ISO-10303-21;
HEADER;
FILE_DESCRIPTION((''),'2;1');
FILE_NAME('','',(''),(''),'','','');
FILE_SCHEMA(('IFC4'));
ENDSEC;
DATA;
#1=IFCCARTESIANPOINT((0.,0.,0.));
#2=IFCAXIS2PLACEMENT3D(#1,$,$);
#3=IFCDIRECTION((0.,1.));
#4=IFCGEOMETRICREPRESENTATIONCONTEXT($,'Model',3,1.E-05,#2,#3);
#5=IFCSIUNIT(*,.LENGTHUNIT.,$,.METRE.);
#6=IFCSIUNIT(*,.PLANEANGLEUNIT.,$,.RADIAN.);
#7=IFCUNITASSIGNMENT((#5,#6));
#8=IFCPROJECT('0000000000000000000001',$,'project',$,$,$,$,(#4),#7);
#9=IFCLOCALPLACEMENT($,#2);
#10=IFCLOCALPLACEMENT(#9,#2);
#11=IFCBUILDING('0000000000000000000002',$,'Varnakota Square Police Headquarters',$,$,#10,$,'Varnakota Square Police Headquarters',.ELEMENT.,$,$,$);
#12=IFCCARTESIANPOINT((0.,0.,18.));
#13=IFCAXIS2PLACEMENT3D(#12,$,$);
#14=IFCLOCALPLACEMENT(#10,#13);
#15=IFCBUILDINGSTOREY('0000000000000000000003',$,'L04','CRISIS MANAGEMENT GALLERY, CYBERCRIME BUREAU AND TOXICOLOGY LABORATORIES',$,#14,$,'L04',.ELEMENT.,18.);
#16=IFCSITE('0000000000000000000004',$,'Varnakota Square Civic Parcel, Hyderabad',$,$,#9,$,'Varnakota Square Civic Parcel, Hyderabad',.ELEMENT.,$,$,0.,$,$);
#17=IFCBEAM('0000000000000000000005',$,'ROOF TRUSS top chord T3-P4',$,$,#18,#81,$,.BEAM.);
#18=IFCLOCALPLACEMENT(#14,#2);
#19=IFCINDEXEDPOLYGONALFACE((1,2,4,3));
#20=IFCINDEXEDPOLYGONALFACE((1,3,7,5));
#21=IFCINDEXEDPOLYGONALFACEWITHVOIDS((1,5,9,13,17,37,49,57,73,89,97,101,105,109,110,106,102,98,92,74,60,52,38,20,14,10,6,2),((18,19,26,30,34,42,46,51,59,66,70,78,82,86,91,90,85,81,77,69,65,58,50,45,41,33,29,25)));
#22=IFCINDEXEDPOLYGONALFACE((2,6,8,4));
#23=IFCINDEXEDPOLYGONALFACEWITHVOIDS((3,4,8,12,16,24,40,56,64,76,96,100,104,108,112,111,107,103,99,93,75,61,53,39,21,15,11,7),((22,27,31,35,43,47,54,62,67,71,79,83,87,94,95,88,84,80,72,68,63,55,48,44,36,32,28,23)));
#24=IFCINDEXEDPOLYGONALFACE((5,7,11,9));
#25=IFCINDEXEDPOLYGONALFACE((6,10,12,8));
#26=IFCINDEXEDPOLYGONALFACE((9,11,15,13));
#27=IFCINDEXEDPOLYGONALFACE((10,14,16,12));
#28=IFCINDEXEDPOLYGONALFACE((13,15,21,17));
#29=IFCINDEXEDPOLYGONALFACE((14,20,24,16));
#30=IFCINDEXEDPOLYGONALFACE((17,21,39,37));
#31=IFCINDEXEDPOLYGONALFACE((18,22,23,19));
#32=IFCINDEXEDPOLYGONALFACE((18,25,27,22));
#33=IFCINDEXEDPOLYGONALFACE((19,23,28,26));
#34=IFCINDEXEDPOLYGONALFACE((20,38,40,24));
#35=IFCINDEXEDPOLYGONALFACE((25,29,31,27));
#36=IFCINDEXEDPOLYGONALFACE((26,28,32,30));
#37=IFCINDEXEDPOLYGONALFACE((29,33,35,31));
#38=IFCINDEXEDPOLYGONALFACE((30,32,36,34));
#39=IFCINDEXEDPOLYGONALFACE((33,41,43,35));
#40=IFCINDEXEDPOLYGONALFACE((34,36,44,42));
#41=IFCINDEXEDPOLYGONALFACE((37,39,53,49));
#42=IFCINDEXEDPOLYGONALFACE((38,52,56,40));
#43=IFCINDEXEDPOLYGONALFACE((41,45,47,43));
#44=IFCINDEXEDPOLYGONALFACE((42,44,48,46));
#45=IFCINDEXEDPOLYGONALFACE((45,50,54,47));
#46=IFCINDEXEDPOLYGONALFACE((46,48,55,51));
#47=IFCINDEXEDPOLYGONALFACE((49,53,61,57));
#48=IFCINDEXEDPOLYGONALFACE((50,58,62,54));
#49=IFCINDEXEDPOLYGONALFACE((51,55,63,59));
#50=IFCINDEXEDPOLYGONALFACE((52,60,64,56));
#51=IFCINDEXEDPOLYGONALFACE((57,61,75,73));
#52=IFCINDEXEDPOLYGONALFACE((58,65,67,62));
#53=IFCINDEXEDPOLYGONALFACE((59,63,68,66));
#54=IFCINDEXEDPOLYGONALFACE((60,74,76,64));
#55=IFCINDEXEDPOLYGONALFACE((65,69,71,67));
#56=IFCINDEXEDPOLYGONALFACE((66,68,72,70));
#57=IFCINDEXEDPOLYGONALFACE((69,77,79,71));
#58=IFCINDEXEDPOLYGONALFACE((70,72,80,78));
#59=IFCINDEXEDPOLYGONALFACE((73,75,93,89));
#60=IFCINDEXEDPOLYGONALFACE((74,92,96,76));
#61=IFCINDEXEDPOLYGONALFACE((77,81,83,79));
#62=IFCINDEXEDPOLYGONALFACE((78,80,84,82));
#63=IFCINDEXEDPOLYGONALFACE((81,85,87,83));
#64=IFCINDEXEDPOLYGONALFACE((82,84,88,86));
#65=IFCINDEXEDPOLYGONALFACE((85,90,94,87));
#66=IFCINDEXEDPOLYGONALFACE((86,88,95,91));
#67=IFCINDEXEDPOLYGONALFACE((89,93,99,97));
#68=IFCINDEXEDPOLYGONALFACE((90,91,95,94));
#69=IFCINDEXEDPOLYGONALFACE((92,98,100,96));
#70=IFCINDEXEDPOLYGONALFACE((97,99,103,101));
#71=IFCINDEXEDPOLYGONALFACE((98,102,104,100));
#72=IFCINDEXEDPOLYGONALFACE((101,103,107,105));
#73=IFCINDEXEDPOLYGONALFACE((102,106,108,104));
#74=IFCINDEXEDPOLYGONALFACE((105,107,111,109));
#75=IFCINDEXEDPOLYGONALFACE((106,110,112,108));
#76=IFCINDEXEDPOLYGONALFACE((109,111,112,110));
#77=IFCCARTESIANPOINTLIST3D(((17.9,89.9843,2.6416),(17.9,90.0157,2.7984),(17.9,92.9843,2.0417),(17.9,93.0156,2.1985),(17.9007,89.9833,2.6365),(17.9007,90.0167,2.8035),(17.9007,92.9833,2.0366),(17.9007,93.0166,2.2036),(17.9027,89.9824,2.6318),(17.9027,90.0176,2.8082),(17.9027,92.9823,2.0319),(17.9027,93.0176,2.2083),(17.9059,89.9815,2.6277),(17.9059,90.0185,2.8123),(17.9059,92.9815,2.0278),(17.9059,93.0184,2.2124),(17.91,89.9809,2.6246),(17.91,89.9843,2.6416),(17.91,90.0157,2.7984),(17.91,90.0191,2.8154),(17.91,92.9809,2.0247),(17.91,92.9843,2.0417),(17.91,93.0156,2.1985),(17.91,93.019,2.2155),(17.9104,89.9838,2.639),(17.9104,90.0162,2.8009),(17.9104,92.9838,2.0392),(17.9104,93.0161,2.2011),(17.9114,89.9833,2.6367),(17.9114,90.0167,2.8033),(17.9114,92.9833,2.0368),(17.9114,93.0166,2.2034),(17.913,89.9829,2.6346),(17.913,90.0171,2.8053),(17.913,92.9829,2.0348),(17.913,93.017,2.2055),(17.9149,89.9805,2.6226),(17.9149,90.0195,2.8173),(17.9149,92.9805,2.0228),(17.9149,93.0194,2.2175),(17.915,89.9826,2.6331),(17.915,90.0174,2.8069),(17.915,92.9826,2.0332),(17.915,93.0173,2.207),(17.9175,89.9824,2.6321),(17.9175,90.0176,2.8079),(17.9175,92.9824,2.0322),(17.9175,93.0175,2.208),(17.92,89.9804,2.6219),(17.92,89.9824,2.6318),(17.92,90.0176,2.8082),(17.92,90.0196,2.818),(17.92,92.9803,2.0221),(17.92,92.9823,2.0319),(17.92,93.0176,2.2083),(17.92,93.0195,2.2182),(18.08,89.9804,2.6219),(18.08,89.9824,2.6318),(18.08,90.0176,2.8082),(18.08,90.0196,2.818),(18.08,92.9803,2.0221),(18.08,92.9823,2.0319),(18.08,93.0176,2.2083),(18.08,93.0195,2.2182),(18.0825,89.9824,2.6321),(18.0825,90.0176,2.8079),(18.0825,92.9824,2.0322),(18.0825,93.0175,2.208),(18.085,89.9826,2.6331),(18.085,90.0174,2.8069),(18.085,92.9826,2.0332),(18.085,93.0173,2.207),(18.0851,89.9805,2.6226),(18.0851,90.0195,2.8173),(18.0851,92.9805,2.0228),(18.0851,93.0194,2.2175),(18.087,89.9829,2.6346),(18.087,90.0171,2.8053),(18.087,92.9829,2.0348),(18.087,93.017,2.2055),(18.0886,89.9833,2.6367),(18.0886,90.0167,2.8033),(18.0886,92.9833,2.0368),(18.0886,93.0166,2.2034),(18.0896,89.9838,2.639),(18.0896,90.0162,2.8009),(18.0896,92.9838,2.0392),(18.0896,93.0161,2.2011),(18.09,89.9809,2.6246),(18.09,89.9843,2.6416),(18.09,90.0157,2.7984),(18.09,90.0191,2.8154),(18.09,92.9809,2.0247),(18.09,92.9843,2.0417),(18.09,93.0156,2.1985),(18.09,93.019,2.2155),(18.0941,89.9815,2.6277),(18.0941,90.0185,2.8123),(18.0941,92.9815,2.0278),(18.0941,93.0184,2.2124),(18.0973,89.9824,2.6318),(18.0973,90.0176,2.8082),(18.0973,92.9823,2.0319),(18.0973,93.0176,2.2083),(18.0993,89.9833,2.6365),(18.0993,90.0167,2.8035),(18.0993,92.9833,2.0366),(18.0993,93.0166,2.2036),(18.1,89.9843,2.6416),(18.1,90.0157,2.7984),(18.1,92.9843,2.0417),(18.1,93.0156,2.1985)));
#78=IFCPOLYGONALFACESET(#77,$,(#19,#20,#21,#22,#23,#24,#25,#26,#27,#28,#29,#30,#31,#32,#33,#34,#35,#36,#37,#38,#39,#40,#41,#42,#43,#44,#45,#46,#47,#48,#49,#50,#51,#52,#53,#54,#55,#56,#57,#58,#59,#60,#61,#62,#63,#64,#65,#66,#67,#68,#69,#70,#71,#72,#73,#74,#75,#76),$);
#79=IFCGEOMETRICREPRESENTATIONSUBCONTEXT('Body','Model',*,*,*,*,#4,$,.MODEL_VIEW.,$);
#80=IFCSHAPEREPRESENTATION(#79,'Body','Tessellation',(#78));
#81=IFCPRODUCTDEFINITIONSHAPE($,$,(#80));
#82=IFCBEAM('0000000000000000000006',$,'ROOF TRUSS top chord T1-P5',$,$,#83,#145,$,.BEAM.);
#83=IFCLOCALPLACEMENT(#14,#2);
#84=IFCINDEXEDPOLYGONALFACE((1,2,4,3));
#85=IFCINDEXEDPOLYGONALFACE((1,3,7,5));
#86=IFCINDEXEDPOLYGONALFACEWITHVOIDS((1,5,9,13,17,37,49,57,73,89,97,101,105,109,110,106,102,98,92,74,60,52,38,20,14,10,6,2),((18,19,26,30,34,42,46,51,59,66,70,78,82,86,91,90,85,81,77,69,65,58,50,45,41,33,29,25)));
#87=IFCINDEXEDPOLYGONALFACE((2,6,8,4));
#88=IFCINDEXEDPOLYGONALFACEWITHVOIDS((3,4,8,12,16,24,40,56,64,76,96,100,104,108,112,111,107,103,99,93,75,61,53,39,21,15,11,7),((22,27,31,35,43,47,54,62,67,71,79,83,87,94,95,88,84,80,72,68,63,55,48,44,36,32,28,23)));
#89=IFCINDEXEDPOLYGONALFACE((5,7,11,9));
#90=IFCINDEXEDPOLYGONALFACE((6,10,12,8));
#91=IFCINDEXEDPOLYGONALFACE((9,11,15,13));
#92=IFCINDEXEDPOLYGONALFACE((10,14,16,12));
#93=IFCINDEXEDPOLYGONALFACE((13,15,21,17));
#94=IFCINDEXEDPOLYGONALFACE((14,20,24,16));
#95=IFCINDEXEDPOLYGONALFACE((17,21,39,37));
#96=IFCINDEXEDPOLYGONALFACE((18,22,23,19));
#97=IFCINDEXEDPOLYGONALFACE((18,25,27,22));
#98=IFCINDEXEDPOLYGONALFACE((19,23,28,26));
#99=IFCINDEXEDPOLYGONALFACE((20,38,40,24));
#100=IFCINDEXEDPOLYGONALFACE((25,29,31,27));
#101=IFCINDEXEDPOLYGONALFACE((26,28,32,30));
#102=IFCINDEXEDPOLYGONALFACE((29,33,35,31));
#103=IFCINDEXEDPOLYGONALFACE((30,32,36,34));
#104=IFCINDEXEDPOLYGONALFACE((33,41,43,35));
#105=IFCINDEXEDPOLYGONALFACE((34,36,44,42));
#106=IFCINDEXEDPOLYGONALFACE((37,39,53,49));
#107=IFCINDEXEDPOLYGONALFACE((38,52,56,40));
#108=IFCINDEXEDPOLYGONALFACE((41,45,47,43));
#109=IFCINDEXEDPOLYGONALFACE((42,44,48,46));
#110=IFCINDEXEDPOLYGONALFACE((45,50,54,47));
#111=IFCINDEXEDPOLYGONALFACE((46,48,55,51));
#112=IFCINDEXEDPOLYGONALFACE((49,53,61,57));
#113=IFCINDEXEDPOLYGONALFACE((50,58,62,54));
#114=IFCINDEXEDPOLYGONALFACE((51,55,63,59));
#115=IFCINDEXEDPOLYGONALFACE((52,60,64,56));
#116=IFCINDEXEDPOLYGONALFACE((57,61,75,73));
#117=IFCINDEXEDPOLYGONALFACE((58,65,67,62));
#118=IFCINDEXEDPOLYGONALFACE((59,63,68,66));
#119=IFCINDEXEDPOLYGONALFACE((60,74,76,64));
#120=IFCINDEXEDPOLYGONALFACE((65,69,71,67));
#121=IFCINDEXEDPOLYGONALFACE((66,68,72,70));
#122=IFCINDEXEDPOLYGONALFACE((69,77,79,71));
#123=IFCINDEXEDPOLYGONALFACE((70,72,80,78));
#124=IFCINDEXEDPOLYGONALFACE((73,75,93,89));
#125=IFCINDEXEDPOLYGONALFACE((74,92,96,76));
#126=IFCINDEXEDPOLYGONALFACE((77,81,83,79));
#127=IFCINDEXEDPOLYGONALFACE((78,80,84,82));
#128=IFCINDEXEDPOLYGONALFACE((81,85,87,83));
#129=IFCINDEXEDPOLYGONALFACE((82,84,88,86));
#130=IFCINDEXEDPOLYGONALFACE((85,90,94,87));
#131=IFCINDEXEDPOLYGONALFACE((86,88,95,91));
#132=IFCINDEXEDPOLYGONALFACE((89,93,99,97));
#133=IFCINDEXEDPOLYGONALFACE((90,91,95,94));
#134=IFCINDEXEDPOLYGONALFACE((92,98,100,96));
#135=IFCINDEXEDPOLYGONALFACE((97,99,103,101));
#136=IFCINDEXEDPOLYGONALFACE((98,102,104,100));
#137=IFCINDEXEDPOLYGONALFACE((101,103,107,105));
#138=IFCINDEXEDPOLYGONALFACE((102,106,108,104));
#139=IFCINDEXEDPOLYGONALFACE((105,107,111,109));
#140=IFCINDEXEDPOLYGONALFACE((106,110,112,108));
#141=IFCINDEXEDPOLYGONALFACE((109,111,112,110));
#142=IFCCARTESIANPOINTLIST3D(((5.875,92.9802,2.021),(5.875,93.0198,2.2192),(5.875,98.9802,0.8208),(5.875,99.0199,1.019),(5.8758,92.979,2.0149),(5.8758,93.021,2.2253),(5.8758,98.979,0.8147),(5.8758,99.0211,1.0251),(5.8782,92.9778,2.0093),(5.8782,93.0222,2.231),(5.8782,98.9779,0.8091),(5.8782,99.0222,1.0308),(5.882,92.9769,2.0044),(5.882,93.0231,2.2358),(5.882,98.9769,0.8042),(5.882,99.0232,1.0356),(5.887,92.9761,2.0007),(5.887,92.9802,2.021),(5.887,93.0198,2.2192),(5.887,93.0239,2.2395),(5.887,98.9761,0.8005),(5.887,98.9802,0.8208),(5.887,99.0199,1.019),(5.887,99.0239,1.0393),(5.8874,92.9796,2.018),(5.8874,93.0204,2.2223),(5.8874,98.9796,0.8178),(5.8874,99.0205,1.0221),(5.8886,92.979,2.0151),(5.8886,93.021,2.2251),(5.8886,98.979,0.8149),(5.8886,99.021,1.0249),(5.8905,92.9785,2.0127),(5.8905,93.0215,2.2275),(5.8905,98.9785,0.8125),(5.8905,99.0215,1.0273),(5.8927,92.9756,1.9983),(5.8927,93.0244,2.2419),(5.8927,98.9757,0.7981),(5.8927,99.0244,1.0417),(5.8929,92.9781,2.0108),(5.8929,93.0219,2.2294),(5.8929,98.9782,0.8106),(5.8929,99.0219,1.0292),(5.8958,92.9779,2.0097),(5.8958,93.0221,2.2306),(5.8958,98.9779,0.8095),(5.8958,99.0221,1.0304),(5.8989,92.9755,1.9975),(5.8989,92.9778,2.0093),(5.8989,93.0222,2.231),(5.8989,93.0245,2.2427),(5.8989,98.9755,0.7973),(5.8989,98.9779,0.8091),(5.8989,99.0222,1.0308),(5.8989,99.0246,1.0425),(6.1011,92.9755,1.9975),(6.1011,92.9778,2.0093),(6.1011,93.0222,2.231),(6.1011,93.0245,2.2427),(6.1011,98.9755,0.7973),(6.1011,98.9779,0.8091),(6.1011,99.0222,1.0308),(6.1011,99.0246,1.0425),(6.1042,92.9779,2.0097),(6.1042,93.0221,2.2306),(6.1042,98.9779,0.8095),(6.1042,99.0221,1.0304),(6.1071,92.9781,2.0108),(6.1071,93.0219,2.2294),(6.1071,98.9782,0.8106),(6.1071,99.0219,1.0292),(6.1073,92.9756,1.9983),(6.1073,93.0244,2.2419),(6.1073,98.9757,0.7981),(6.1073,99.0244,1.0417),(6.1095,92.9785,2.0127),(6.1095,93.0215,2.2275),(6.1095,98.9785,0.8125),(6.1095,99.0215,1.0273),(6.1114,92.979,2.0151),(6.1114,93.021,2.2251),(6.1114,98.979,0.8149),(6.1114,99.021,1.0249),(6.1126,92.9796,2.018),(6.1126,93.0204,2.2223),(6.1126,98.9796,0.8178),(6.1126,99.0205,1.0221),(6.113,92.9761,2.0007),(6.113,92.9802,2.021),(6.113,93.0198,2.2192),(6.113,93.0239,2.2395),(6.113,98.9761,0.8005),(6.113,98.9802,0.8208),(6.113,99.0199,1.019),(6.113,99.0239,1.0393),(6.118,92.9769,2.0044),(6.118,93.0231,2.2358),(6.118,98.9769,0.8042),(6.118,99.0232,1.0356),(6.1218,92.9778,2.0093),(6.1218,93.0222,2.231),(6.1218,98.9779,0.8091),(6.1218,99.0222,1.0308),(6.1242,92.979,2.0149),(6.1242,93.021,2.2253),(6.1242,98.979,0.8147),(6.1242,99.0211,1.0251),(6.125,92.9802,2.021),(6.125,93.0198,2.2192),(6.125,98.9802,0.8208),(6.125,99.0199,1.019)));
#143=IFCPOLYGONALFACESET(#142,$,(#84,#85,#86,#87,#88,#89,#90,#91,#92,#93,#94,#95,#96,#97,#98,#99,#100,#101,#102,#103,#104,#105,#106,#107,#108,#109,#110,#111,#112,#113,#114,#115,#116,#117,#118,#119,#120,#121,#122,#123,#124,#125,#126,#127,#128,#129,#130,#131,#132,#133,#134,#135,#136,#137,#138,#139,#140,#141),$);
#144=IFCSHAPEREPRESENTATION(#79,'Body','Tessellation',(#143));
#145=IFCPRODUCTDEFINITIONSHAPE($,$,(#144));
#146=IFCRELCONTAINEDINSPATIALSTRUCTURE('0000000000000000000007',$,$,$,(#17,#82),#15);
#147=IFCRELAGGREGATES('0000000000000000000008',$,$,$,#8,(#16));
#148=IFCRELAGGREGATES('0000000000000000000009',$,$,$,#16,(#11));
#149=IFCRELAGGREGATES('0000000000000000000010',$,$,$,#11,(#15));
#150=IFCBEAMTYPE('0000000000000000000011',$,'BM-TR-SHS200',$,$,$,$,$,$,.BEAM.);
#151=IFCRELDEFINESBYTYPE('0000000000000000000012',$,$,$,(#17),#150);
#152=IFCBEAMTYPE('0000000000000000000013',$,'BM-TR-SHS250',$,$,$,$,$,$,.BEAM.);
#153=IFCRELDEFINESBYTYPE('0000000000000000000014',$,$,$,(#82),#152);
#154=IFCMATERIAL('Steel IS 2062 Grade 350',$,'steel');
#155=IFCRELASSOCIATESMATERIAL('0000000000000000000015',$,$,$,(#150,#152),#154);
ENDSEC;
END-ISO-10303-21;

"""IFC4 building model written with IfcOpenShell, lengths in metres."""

from ifc_helpers import new_model, si_unit, direction, frame, origin, origin_2d, place, context, subcontext, project, spatial, hollow_rectangle, extrude, material, material_profile, profile_set, type_object, element, save


model = new_model("IFC4")

# Units and contexts
model_context = context("Model", 3, precision=1e-05, world=origin(), true_north=direction((0.0, 1.0)))
body_context = subcontext(model_context, "Body", "Model", "MODEL_VIEW")
ifc_project = project(units=[si_unit("LENGTHUNIT", "METRE"), si_unit("PLANEANGLEUNIT", "RADIAN")], contexts=[model_context])

# Site, building, storey
site_placement = place(None, origin())
site = spatial("IfcSite", under=ifc_project, at=site_placement, Name="Varnakota Square Civic Parcel, Hyderabad", LongName="Varnakota Square Civic Parcel, Hyderabad", CompositionType="ELEMENT", RefElevation=0.0)
building_placement = place(site_placement, origin())
building = spatial("IfcBuilding", under=site, at=building_placement, Name="Varnakota Square Police Headquarters", LongName="Varnakota Square Police Headquarters", CompositionType="ELEMENT")
storey_placement = place(building_placement, frame((0.0, 0.0, 18.0)))
storey = spatial("IfcBuildingStorey", under=building, at=storey_placement, Name="L04", Description="CRISIS MANAGEMENT GALLERY, CYBERCRIME BUREAU AND TOXICOLOGY LABORATORIES", LongName="L04", CompositionType="ELEMENT", Elevation=18.0)

# Beams
ifc_material_1 = material(Name="Steel IS 2062 Grade 350", Category="steel")
ifc_material_profile_1 = material_profile(ifc_material_1, hollow_rectangle(XDim=0.2, YDim=0.2, WallThickness=0.01, InnerFilletRadius=0.01, OuterFilletRadius=0.02, at=origin_2d()), Name="SHS 200x200x10")
ifc_profile_set_1 = profile_set([ifc_material_profile_1], Name="Steel IS 2062 Grade 350")
beam_type_1 = type_object("IfcBeamType", Name="BM-TR-SHS200", PredefinedType="BEAM", material=ifc_profile_set_1)
beam_placement = place(storey_placement, frame((18.0, 90.0, 2.72), z_axis=(0.0, 0.98059, -0.19607), x_axis=(-1.0, 0.0, 0.0)))
element("IfcBeam", 1, at=beam_placement, inside=storey, type_object=beam_type_1, Name="ROOF TRUSS top chord T3-P4", PredefinedType="BEAM", context=body_context, shape_type="SweptSolid", body=[
    extrude(hollow_rectangle(XDim=0.2, YDim=0.2, WallThickness=0.01, InnerFilletRadius=0.01, OuterFilletRadius=0.02, at=origin_2d()), origin(), (0.0, 0.0, 1.0), 3.0593),
])
ifc_material_profile_2 = material_profile(ifc_material_1, hollow_rectangle(XDim=0.25, YDim=0.25, WallThickness=0.012, InnerFilletRadius=0.012, OuterFilletRadius=0.0239, at=origin_2d()), Name="SHS 250x250x12")
ifc_profile_set_2 = profile_set([ifc_material_profile_2], Name="Steel IS 2062 Grade 350")
beam_type_2 = type_object("IfcBeamType", Name="BM-TR-SHS250", PredefinedType="BEAM", material=ifc_profile_set_2)
for number, where, z_axis, x_axis, name in (
    (2, (6.0, 93.0, 2.1201), (0.0, 0.980575, -0.196147), (-1.0, 0.0, 0.0), "ROOF TRUSS top chord T1-P5"),
):
    element("IfcBeam", number, at=place(storey_placement, frame(where, z_axis=z_axis, x_axis=x_axis)), inside=storey, type_object=beam_type_2, Name=name, PredefinedType="BEAM", context=body_context, shape_type="SweptSolid", body=[
        extrude(hollow_rectangle(XDim=0.25, YDim=0.25, WallThickness=0.012, InnerFilletRadius=0.012, OuterFilletRadius=0.0239, at=origin_2d()), origin(), (0.0, 0.0, 1.0), 6.1189),
    ])

save(model, "model.ifc")
